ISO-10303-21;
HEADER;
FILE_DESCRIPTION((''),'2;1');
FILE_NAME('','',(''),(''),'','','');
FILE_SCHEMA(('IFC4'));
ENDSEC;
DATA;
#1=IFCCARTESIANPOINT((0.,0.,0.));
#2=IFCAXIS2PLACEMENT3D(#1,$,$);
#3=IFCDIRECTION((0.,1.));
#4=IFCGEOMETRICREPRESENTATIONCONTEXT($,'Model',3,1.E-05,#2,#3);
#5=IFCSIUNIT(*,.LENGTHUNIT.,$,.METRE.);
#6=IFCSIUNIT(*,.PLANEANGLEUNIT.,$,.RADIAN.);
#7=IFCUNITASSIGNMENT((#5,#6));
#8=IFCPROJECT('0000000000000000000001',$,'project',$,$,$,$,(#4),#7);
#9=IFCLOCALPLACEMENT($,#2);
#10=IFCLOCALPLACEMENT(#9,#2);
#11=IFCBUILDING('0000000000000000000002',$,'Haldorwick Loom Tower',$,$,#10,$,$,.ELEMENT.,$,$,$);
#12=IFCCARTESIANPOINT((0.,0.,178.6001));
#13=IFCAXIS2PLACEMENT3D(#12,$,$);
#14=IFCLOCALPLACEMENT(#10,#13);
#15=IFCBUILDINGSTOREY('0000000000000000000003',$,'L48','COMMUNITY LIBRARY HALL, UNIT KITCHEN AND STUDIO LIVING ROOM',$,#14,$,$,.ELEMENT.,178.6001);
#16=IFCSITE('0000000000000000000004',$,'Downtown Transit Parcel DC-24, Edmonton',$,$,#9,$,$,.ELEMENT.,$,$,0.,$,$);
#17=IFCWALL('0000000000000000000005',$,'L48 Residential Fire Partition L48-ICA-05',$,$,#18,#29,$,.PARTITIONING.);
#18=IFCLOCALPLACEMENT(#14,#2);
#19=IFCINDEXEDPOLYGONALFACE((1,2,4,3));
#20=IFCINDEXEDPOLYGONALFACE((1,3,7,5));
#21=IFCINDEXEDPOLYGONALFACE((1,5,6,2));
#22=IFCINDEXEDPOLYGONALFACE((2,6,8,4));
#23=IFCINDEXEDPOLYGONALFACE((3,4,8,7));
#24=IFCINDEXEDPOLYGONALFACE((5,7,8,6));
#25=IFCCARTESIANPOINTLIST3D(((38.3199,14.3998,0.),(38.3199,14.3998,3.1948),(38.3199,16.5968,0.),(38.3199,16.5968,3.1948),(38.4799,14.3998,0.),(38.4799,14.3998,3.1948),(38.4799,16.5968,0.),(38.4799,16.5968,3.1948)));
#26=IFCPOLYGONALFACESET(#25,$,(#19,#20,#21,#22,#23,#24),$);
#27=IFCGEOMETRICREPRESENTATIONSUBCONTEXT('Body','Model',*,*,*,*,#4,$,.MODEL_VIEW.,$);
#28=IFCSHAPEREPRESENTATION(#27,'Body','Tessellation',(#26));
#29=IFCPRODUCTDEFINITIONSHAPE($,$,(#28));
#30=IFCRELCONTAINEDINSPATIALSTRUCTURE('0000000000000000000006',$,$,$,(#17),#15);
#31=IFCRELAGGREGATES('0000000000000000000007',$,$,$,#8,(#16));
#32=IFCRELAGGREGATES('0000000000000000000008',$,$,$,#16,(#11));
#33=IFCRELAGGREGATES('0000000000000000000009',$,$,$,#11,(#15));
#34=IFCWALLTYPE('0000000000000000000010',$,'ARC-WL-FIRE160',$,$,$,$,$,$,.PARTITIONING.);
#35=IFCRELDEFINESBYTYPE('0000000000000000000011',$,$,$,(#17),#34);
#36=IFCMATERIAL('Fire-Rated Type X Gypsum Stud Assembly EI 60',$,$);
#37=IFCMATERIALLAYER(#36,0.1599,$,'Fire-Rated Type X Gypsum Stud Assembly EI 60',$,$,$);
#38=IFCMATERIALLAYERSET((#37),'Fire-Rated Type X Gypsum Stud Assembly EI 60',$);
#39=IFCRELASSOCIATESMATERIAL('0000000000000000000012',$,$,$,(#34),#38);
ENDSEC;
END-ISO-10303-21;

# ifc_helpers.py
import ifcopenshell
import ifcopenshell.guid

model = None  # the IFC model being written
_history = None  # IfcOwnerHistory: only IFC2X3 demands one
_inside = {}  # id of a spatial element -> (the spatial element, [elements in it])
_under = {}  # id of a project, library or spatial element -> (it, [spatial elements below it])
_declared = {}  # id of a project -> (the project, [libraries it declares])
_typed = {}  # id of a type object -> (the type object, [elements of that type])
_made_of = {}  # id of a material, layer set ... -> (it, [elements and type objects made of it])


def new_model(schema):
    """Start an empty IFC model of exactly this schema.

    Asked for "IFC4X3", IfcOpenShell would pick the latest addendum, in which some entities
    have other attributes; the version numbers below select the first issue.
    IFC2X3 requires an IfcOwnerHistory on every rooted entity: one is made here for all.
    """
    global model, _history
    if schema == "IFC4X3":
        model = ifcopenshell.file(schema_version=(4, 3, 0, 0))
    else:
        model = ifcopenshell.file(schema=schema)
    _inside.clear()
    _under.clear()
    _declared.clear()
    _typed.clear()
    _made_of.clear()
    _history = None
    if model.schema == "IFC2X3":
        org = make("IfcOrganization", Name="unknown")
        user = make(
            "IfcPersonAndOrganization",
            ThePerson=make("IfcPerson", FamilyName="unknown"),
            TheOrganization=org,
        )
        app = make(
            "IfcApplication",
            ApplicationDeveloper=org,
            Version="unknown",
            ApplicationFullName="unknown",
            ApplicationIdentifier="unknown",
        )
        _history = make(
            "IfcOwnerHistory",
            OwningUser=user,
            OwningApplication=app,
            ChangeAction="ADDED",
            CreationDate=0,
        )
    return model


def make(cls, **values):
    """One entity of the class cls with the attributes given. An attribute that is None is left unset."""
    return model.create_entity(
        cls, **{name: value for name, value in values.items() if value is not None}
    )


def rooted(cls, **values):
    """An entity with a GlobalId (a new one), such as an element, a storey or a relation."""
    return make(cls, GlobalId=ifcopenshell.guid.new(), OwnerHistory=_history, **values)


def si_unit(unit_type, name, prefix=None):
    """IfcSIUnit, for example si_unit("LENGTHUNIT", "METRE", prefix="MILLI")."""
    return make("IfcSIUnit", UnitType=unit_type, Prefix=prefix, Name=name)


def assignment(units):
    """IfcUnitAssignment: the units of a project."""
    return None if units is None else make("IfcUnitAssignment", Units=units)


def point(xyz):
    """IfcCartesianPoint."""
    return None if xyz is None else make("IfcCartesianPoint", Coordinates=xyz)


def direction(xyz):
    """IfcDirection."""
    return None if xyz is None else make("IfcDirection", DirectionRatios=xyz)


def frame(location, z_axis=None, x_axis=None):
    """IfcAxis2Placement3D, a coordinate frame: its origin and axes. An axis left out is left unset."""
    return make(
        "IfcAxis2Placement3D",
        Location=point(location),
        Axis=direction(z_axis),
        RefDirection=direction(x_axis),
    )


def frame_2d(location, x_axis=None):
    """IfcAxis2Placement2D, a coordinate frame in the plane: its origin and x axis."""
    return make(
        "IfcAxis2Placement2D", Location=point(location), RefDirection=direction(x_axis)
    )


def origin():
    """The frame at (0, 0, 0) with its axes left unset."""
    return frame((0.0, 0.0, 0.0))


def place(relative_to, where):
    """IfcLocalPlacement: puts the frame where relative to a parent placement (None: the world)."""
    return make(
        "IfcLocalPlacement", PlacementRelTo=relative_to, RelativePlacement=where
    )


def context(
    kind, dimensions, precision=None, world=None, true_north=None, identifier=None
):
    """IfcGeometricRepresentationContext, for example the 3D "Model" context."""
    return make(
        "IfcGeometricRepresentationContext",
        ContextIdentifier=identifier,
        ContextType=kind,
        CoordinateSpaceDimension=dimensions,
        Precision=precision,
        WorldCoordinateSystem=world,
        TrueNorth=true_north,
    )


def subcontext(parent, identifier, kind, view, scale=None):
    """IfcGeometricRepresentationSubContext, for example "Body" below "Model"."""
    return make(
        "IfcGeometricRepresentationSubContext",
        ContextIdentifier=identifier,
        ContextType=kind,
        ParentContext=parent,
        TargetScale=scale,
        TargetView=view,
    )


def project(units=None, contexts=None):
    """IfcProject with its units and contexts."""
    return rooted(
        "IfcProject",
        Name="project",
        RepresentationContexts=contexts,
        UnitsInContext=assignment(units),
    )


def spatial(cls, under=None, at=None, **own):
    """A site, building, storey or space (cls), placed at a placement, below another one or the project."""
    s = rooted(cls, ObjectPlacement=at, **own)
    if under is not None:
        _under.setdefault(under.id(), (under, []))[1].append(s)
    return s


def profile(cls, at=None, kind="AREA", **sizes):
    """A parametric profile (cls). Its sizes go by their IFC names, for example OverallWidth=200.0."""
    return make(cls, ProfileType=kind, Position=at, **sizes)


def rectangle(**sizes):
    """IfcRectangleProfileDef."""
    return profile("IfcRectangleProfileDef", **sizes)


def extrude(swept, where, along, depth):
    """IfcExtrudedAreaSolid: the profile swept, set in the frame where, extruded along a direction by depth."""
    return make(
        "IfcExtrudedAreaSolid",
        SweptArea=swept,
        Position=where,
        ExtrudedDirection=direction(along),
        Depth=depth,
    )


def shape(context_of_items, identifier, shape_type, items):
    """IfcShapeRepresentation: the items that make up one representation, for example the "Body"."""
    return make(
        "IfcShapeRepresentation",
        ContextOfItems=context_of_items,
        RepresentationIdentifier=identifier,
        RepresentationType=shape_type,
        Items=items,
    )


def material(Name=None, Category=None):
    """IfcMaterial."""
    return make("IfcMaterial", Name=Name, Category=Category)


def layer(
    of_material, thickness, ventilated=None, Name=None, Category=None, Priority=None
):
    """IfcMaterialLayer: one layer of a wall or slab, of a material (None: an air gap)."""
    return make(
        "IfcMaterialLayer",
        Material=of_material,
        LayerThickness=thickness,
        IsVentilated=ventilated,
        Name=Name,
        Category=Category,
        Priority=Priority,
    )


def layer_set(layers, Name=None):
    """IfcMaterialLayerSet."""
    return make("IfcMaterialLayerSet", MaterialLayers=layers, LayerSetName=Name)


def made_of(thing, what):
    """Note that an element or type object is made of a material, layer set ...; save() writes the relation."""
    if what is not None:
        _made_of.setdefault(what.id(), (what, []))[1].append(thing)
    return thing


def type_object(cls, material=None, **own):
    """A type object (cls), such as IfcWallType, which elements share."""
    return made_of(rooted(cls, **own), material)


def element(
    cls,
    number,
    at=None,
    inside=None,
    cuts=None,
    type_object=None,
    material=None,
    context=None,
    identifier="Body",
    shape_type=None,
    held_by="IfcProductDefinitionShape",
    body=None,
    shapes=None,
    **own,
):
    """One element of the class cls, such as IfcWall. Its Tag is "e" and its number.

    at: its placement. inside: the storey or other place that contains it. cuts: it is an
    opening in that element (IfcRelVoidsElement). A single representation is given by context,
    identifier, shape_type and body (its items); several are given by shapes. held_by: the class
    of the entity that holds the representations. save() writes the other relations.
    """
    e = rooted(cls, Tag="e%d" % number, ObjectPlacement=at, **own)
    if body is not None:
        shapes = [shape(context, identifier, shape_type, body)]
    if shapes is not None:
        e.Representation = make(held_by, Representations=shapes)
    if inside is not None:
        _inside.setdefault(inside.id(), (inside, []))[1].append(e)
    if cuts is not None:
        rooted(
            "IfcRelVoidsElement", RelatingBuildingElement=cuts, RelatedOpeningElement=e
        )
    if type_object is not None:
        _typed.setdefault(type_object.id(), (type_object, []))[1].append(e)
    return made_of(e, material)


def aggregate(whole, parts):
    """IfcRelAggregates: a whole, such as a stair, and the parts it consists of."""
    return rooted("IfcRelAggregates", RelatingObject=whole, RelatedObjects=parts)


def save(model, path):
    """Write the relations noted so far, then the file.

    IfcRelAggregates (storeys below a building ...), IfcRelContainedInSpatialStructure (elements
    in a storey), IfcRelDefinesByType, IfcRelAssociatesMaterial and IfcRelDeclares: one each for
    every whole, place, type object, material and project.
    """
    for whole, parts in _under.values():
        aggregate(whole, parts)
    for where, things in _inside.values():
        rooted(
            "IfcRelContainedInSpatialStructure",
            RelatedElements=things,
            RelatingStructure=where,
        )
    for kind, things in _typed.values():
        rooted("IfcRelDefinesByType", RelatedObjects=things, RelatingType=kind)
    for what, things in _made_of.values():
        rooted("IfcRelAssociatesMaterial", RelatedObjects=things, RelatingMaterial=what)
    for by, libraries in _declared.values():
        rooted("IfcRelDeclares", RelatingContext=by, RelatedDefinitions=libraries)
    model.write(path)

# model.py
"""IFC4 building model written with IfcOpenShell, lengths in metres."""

from ifc_helpers import new_model, si_unit, direction, frame, frame_2d, origin, place, context, subcontext, project, spatial, rectangle, extrude, material, layer, layer_set, type_object, element, save


model = new_model("IFC4")

# Units and contexts
model_context = context("Model", 3, precision=1e-05, world=origin(), true_north=direction((0.0, 1.0)))
body_context = subcontext(model_context, "Body", "Model", "MODEL_VIEW")
ifc_project = project(units=[si_unit("LENGTHUNIT", "METRE"), si_unit("PLANEANGLEUNIT", "RADIAN")], contexts=[model_context])

# Site, building, storey
site_placement = place(None, origin())
site = spatial("IfcSite", under=ifc_project, at=site_placement, Name="Downtown Transit Parcel DC-24, Edmonton", CompositionType="ELEMENT", RefElevation=0.0)
building_placement = place(site_placement, origin())
building = spatial("IfcBuilding", under=site, at=building_placement, Name="Haldorwick Loom Tower", CompositionType="ELEMENT")
storey_placement = place(building_placement, frame((0.0, 0.0, 178.6001)))
storey = spatial("IfcBuildingStorey", under=building, at=storey_placement, Name="L48", Description="COMMUNITY LIBRARY HALL, UNIT KITCHEN AND STUDIO LIVING ROOM", CompositionType="ELEMENT", Elevation=178.6001)

# Wall
ifc_material_1 = material(Name="Fire-Rated Type X Gypsum Stud Assembly EI 60")
ifc_layer_1 = layer(ifc_material_1, 0.1599, Name="Fire-Rated Type X Gypsum Stud Assembly EI 60")
ifc_layer_set_1 = layer_set([ifc_layer_1], Name="Fire-Rated Type X Gypsum Stud Assembly EI 60")
wall_type_1 = type_object("IfcWallType", Name="ARC-WL-FIRE160", PredefinedType="PARTITIONING", material=ifc_layer_set_1)
wall_1_placement = place(storey_placement, frame((38.3999, 16.5969, 0.0), z_axis=(0.0, 0.0, 1.0), x_axis=(0.0, -1.0, 0.0)))
element("IfcWall", 1, at=wall_1_placement, inside=storey, type_object=wall_type_1, Name="L48 Residential Fire Partition L48-ICA-05", PredefinedType="PARTITIONING", context=body_context, shape_type="SweptSolid", body=[
    extrude(rectangle(XDim=2.197, YDim=0.1599, at=frame_2d((1.0986, 0.0))), origin(), (0.0, 0.0, 1.0), 3.1948),
])

save(model, "model.ifc")
